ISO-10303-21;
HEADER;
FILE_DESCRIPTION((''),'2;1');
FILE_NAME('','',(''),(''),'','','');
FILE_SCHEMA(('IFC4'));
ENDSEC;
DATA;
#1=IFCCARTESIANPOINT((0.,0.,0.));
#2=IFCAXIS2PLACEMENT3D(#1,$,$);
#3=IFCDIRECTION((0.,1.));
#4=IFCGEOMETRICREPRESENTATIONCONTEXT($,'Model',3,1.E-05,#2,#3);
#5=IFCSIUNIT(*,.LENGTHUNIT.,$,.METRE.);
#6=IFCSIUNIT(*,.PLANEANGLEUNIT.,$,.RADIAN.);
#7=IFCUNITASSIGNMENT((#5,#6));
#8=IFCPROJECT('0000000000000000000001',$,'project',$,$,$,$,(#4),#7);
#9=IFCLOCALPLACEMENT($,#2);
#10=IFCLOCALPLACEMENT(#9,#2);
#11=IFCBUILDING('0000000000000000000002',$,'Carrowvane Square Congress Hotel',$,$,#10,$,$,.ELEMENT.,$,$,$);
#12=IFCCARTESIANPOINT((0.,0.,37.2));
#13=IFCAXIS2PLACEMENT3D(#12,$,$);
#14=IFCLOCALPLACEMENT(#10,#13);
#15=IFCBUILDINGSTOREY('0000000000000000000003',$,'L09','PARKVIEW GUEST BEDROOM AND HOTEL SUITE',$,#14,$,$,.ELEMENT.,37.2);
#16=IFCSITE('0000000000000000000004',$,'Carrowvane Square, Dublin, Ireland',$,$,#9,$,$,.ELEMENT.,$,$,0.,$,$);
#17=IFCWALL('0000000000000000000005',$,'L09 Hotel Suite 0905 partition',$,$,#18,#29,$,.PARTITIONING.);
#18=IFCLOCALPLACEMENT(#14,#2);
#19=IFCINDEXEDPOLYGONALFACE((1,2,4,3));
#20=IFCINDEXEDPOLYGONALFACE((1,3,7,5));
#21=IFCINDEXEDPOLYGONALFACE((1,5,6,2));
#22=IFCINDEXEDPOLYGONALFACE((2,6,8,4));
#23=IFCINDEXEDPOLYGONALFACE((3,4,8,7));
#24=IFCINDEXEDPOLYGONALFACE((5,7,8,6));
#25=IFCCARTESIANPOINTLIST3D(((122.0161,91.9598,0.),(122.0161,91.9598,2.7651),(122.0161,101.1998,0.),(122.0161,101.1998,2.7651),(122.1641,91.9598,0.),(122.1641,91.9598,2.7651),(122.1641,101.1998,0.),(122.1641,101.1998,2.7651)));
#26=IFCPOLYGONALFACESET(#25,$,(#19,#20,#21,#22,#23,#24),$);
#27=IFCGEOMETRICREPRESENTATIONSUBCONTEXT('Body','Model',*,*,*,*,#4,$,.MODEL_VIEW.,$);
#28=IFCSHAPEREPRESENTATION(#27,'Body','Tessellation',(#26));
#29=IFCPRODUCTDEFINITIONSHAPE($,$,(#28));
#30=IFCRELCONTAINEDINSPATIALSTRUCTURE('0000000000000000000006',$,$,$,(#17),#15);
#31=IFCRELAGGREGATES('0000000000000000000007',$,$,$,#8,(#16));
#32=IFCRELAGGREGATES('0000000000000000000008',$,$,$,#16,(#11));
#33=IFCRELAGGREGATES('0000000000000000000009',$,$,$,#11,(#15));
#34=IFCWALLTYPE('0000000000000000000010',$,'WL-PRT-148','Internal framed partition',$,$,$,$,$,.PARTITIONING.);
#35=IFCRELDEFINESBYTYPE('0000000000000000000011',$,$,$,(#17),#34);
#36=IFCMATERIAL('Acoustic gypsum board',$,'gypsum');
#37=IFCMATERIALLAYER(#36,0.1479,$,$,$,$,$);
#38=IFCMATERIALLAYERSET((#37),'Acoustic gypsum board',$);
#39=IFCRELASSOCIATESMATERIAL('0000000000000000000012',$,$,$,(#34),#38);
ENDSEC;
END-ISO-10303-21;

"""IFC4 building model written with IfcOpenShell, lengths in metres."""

from ifc_helpers import new_model, si_unit, direction, frame, frame_2d, origin, place, context, subcontext, project, spatial, rectangle, extrude, material, layer, layer_set, type_object, element, save


model = new_model("IFC4")

# Units and contexts
model_context = context("Model", 3, precision=1e-05, world=origin(), true_north=direction((0.0, 1.0)))
body_context = subcontext(model_context, "Body", "Model", "MODEL_VIEW")
ifc_project = project(units=[si_unit("LENGTHUNIT", "METRE"), si_unit("PLANEANGLEUNIT", "RADIAN")], contexts=[model_context])

# Site, building, storey
site_placement = place(None, origin())
site = spatial("IfcSite", under=ifc_project, at=site_placement, Name="Carrowvane Square, Dublin, Ireland", CompositionType="ELEMENT", RefElevation=0.0)
building_placement = place(site_placement, origin())
building = spatial("IfcBuilding", under=site, at=building_placement, Name="Carrowvane Square Congress Hotel", CompositionType="ELEMENT")
storey_placement = place(building_placement, frame((0.0, 0.0, 37.2)))
storey = spatial("IfcBuildingStorey", under=building, at=storey_placement, Name="L09", Description="PARKVIEW GUEST BEDROOM AND HOTEL SUITE", CompositionType="ELEMENT", Elevation=37.2)

# Wall
ifc_material_1 = material(Name="Acoustic gypsum board", Category="gypsum")
ifc_layer_1 = layer(ifc_material_1, 0.1479)
ifc_layer_set_1 = layer_set([ifc_layer_1], Name="Acoustic gypsum board")
wall_type_1 = type_object("IfcWallType", Name="WL-PRT-148", Description="Internal framed partition", PredefinedType="PARTITIONING", material=ifc_layer_set_1)
wall_1_placement = place(storey_placement, frame((122.0901, 101.2, 0.0), z_axis=(0.0, 0.0, 1.0), x_axis=(0.0, -1.0, 0.0)))
element("IfcWall", 1, at=wall_1_placement, inside=storey, type_object=wall_type_1, Name="L09 Hotel Suite 0905 partition", PredefinedType="PARTITIONING", context=body_context, shape_type="SweptSolid", body=[
    extrude(rectangle(XDim=9.24, YDim=0.1479, at=frame_2d((4.6201, 0.0))), origin(), (0.0, 0.0, 1.0), 2.7651),
])

save(model, "model.ifc")
